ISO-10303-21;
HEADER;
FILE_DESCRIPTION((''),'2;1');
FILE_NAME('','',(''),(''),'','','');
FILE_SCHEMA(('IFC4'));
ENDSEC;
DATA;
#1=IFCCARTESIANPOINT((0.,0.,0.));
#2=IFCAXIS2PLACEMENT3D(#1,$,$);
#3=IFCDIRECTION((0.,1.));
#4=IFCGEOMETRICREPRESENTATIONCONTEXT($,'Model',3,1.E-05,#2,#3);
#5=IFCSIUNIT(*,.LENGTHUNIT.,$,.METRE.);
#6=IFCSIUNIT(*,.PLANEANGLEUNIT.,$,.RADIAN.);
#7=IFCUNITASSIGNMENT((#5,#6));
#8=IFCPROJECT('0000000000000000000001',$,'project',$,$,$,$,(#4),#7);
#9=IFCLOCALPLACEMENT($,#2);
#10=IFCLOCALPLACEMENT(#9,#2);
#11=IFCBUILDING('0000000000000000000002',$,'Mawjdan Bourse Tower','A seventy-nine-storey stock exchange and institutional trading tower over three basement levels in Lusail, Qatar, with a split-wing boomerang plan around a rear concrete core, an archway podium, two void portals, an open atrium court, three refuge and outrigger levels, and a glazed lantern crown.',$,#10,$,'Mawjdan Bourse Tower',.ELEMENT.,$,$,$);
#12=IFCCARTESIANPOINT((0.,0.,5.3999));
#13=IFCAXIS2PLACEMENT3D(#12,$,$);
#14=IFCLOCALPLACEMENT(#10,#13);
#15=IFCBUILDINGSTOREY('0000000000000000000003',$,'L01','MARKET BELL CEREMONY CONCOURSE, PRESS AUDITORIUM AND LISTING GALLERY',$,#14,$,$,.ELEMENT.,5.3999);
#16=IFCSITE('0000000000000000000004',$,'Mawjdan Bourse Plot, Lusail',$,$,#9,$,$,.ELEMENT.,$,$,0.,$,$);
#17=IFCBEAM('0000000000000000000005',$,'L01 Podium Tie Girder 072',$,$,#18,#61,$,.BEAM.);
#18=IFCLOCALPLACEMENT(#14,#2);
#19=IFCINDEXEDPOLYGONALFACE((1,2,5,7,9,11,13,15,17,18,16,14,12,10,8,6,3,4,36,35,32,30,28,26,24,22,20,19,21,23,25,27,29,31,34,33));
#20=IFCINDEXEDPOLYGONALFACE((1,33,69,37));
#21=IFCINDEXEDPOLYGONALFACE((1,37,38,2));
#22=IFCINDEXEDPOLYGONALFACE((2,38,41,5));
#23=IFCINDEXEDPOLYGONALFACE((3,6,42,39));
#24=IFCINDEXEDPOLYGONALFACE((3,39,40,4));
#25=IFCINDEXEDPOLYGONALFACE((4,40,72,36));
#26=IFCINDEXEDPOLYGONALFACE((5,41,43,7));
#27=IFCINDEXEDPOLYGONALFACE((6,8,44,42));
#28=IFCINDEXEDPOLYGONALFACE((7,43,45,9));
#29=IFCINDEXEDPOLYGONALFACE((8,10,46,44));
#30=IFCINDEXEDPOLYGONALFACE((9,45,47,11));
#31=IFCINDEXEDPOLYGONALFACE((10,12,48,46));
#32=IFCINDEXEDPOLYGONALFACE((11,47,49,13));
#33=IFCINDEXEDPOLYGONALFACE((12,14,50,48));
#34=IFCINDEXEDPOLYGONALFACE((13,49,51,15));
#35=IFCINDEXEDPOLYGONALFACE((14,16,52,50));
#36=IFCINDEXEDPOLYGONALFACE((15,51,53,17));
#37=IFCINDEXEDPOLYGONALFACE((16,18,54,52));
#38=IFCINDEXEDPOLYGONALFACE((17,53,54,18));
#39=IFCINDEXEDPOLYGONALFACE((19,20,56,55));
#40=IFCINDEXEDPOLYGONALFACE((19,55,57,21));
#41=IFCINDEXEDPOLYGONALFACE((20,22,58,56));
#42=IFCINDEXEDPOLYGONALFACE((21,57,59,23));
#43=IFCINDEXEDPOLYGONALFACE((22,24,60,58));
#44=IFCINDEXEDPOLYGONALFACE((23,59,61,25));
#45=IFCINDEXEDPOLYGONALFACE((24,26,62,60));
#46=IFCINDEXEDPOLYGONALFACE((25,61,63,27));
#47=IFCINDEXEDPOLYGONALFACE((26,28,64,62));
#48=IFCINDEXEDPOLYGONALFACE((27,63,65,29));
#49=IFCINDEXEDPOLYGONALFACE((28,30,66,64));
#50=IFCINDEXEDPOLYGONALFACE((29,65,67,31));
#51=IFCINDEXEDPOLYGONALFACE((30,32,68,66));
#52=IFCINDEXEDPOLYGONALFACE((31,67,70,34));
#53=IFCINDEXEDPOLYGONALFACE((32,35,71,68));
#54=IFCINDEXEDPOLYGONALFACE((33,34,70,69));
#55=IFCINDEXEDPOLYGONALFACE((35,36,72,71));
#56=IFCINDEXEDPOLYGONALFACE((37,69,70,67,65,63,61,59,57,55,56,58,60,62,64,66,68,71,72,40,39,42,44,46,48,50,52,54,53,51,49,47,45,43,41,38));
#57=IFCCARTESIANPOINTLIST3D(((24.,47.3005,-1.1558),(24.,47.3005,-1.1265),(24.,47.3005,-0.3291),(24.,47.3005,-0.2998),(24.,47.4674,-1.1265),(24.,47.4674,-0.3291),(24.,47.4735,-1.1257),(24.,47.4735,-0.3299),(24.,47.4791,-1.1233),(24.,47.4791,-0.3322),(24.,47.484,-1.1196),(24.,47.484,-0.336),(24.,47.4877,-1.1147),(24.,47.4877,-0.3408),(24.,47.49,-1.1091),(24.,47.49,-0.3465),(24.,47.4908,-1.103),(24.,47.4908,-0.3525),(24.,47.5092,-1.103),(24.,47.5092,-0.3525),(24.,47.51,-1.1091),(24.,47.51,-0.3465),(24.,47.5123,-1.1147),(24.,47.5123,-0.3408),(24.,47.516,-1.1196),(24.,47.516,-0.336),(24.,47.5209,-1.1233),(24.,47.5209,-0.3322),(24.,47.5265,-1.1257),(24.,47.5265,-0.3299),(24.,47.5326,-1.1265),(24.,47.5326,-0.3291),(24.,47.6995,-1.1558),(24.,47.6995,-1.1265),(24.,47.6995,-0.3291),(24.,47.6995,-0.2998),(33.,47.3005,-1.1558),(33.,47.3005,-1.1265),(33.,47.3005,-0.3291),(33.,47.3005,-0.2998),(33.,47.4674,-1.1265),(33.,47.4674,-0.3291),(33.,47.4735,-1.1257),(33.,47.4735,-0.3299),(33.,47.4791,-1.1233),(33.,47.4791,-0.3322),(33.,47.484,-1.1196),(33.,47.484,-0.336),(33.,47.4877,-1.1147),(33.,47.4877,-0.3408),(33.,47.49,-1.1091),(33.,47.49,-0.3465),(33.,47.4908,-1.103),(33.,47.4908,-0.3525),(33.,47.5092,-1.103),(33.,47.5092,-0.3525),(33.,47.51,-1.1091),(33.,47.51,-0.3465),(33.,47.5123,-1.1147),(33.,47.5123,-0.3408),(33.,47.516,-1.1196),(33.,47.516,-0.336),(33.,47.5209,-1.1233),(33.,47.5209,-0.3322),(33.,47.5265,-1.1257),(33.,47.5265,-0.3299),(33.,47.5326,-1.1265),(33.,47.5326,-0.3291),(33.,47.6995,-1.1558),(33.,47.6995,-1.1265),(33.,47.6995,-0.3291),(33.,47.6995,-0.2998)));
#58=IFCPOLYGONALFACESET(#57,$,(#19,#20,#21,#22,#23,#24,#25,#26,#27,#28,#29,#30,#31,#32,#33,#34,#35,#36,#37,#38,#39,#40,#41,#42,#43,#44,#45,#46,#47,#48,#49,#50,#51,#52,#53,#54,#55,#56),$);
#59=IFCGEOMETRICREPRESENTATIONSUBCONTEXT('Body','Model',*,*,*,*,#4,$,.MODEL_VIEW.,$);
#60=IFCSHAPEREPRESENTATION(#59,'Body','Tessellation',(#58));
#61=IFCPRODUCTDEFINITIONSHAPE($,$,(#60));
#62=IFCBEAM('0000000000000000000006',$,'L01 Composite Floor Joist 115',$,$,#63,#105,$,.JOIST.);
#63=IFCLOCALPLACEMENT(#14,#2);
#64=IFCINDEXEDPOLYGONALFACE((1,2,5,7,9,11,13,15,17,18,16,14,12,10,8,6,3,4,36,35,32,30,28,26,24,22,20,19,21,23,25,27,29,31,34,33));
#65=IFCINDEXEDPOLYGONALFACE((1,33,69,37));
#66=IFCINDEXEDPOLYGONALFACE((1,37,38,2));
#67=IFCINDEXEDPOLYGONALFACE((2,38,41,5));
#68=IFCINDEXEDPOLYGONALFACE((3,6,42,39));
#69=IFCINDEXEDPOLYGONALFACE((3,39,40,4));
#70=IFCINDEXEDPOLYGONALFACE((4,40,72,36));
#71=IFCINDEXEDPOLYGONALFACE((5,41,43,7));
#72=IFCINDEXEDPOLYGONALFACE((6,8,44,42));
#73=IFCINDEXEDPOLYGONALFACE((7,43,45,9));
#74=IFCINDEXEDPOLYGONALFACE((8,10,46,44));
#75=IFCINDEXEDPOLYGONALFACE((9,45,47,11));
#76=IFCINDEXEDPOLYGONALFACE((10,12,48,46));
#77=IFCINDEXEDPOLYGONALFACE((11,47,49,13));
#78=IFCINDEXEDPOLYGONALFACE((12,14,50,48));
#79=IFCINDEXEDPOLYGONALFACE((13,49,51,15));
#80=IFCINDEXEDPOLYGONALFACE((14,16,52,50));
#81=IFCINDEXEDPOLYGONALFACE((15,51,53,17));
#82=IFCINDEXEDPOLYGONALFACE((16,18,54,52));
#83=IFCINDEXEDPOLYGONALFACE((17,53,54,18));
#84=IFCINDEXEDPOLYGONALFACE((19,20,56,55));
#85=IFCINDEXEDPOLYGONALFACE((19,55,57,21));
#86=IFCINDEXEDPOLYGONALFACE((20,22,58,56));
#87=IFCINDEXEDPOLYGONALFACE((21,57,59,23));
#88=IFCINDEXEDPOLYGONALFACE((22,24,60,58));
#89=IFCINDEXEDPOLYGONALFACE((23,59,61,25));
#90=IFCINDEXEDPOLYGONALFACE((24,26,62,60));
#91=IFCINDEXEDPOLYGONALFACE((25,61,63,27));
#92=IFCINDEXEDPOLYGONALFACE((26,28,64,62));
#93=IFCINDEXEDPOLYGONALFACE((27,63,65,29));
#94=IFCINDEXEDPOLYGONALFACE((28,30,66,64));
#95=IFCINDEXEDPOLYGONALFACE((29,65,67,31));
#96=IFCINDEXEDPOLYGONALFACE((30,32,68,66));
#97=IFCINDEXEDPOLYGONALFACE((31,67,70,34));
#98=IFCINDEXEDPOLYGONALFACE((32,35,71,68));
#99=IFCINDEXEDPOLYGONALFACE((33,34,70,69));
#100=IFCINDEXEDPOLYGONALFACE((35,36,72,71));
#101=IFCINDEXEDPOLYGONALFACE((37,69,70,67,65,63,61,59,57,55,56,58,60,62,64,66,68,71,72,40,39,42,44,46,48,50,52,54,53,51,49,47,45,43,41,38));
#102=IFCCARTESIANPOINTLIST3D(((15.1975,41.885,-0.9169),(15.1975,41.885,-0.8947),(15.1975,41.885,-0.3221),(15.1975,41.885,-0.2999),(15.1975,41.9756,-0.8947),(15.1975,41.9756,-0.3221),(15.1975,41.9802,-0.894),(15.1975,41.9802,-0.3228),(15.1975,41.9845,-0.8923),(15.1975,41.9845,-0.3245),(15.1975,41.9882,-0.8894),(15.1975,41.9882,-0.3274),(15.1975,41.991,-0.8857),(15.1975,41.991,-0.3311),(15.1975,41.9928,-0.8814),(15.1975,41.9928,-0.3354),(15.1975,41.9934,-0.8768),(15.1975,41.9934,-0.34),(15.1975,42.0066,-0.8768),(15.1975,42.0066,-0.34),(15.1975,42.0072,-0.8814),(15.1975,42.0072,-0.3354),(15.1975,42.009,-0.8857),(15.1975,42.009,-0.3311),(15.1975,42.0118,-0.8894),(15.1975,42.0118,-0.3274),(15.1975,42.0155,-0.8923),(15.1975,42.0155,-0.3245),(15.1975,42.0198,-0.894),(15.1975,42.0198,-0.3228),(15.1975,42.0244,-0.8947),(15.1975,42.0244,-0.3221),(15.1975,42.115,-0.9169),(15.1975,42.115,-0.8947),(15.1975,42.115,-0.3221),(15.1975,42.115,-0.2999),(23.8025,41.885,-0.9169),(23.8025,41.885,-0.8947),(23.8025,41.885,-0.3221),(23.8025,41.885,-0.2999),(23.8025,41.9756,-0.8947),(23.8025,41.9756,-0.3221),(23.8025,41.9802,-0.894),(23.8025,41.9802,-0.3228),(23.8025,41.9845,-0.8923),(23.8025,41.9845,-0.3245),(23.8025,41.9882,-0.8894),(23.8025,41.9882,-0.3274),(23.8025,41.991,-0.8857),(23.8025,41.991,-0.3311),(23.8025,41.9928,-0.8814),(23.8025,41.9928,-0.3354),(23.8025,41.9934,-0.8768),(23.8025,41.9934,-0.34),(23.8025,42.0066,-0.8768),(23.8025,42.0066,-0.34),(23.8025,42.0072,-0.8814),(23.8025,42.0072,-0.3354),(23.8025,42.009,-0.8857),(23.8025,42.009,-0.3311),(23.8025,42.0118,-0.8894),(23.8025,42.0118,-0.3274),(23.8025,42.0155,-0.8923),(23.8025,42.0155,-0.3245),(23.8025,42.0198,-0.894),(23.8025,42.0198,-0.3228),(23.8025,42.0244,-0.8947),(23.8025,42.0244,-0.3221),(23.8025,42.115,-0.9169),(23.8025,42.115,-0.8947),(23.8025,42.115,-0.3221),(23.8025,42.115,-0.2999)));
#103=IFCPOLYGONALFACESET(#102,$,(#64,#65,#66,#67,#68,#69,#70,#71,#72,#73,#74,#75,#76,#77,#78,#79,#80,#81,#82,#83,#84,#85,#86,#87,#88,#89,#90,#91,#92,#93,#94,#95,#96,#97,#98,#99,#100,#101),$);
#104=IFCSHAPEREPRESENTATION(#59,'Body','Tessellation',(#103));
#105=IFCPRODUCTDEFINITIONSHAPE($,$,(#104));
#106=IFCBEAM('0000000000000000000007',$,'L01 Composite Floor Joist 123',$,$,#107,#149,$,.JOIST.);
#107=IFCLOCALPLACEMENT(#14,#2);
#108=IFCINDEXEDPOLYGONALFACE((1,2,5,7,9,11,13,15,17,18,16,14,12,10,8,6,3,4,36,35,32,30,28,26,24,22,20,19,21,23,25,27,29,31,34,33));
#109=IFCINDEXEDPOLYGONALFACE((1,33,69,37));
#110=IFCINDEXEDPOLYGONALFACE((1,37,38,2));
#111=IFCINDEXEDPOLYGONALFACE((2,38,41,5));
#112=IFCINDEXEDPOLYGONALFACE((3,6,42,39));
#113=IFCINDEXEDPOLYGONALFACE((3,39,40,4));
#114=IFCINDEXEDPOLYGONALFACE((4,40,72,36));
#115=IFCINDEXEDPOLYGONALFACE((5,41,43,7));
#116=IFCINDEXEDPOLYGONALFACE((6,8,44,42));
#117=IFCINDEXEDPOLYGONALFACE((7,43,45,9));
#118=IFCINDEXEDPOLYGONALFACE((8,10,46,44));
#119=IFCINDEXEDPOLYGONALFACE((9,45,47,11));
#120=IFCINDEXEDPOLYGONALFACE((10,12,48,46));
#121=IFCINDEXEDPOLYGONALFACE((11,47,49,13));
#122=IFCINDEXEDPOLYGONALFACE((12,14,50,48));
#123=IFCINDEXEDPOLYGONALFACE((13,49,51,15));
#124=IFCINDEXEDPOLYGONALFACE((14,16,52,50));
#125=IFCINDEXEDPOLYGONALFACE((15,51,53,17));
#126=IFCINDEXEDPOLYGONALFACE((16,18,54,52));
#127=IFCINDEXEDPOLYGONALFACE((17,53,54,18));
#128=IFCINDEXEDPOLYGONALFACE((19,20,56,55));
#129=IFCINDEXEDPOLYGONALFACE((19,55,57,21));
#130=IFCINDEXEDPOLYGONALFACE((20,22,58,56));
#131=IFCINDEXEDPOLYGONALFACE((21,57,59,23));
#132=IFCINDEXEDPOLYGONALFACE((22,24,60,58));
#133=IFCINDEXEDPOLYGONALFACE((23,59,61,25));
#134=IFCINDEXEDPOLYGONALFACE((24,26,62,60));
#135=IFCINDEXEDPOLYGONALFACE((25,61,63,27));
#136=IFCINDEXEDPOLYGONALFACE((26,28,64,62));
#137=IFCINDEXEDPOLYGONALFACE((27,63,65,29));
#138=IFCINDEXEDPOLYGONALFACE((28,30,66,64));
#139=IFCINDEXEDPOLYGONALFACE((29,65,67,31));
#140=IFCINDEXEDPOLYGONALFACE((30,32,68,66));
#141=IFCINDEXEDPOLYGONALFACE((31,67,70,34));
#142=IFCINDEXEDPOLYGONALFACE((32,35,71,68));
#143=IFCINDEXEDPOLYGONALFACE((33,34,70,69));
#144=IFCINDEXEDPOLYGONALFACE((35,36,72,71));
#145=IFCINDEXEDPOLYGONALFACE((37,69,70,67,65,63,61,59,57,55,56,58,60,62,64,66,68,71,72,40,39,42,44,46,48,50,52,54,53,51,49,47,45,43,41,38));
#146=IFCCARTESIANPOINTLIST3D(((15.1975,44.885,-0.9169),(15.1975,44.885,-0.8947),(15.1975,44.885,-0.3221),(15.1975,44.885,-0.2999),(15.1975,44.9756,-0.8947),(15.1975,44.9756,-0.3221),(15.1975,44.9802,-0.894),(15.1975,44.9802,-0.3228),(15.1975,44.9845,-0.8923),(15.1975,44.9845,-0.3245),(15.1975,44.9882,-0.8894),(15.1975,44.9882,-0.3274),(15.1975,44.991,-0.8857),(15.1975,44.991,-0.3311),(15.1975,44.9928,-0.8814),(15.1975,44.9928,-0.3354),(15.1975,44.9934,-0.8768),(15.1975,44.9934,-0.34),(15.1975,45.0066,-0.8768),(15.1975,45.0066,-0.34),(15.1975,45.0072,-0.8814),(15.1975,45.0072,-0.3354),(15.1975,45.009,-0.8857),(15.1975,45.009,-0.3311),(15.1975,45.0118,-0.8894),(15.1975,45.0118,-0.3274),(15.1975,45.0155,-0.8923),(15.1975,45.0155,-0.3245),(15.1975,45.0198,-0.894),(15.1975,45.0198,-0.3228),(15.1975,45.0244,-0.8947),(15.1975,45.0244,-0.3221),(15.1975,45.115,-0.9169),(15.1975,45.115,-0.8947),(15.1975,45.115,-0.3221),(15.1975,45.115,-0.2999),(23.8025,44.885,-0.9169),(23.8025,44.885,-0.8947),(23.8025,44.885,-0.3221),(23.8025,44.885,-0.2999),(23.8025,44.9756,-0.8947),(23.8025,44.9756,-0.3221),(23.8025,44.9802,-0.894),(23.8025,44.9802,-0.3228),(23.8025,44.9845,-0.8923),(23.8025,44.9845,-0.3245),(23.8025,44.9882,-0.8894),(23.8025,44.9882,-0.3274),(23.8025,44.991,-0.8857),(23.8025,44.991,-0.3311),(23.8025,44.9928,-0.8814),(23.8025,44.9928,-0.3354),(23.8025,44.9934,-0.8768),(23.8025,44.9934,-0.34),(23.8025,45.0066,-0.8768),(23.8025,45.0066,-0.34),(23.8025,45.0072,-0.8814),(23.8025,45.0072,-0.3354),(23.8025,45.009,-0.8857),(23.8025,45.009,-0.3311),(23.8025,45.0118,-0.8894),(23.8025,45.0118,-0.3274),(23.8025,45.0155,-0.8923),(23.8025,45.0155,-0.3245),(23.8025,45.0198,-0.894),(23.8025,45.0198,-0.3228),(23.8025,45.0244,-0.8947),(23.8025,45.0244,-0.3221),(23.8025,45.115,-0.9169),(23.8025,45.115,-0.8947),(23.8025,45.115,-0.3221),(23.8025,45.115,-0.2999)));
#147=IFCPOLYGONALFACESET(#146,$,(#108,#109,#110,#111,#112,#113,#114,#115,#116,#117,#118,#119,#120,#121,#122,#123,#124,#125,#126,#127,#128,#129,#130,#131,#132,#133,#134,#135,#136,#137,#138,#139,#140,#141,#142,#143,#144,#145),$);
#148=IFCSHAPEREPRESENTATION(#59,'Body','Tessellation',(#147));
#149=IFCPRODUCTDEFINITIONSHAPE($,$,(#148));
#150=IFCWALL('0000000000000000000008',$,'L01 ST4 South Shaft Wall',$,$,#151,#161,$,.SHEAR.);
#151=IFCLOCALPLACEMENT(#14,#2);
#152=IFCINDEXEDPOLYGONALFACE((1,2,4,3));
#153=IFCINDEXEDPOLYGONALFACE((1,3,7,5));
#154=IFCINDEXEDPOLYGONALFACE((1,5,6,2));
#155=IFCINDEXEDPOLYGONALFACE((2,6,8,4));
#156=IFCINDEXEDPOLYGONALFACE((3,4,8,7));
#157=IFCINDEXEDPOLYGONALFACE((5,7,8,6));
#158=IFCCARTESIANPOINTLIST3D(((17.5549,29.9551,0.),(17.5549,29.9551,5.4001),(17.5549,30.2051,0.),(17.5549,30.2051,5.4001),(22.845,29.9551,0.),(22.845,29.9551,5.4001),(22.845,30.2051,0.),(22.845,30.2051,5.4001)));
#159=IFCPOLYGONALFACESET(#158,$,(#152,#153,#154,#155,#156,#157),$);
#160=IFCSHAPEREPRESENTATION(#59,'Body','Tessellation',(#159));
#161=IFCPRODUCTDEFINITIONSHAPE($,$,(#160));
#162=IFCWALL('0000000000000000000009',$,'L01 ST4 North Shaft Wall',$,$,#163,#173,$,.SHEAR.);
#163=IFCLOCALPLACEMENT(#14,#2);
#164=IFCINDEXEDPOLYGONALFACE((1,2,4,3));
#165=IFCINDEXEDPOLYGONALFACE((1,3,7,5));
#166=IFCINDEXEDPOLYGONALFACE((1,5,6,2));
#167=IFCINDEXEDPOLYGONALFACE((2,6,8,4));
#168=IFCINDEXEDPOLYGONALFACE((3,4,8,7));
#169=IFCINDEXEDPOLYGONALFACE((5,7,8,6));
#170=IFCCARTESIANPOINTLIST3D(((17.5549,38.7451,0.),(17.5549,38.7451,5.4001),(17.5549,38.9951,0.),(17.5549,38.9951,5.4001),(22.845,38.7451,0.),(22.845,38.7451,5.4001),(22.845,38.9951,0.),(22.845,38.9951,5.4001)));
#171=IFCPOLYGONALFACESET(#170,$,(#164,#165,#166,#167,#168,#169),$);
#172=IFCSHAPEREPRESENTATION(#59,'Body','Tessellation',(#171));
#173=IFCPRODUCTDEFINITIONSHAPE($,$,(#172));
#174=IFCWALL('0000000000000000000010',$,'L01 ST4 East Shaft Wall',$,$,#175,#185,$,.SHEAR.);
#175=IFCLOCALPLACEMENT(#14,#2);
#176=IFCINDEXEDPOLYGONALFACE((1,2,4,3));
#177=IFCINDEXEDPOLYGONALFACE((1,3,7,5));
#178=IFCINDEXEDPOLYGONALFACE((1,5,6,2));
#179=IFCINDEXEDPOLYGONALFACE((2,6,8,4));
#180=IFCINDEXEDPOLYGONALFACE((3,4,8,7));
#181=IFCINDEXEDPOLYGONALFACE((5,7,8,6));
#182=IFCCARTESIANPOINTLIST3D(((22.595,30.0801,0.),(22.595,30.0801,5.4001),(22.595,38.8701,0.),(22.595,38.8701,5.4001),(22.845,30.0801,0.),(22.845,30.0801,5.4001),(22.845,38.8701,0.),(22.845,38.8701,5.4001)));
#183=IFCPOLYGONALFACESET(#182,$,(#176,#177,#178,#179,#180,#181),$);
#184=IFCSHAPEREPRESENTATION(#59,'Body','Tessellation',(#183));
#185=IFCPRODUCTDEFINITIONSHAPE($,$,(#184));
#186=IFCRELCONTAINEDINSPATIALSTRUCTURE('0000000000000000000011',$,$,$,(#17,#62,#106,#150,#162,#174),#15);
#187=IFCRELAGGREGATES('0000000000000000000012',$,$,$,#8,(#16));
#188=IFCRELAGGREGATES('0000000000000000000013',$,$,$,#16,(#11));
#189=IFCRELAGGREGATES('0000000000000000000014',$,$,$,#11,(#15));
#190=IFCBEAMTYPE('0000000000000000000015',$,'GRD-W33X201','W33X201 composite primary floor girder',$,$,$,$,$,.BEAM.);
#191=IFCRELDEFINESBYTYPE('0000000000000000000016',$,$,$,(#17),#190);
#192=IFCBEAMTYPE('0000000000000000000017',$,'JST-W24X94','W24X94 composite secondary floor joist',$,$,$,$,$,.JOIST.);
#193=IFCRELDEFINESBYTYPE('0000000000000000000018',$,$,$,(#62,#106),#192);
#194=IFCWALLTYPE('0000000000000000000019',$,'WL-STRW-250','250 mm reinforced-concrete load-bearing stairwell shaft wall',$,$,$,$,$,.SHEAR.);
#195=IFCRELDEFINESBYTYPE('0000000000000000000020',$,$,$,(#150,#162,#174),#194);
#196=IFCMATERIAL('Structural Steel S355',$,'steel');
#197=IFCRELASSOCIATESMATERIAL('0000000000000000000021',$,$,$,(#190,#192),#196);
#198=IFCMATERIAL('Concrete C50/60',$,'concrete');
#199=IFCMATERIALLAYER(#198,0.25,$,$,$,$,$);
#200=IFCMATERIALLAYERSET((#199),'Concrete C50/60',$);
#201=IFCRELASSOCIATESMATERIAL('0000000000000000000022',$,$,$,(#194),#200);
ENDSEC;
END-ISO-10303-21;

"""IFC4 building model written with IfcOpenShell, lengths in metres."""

from ifc_helpers import new_model, si_unit, direction, frame, frame_2d, origin, origin_2d, place, context, subcontext, project, spatial, rectangle, i_section, extrude, material, layer, layer_set, material_profile, profile_set, type_object, element, save


model = new_model("IFC4")

# Units and contexts
model_context = context("Model", 3, precision=1e-05, world=origin(), true_north=direction((0.0, 1.0)))
body_context = subcontext(model_context, "Body", "Model", "MODEL_VIEW")
ifc_project = project(units=[si_unit("LENGTHUNIT", "METRE"), si_unit("PLANEANGLEUNIT", "RADIAN")], contexts=[model_context])

# Site, building, storey
site_placement = place(None, origin())
site = spatial("IfcSite", under=ifc_project, at=site_placement, Name="Mawjdan Bourse Plot, Lusail", CompositionType="ELEMENT", RefElevation=0.0)
building_placement = place(site_placement, origin())
building = spatial("IfcBuilding", under=site, at=building_placement, Name="Mawjdan Bourse Tower", Description="A seventy-nine-storey stock exchange and institutional trading tower over three basement levels in Lusail, Qatar, with a split-wing boomerang plan around a rear concrete core, an archway podium, two void portals, an open atrium court, three refuge and outrigger levels, and a glazed lantern crown.", LongName="Mawjdan Bourse Tower", CompositionType="ELEMENT")
storey_placement = place(building_placement, frame((0.0, 0.0, 5.3999)))
storey = spatial("IfcBuildingStorey", under=building, at=storey_placement, Name="L01", Description="MARKET BELL CEREMONY CONCOURSE, PRESS AUDITORIUM AND LISTING GALLERY", CompositionType="ELEMENT", Elevation=5.3999)

# Beams
ifc_material_1 = material(Name="Structural Steel S355", Category="steel")
ifc_material_profile_1 = material_profile(ifc_material_1, i_section(OverallWidth=0.3989, OverallDepth=0.856, WebThickness=0.0183, FlangeThickness=0.0293, FilletRadius=0.0234, at=origin_2d()), Name="W33X201")
ifc_profile_set_1 = profile_set([ifc_material_profile_1], Name="Structural Steel S355")
beam_type_1 = type_object("IfcBeamType", Name="GRD-W33X201", Description="W33X201 composite primary floor girder", PredefinedType="BEAM", material=ifc_profile_set_1)
beam_1_placement = place(storey_placement, frame((24.0, 47.5, -0.7278), z_axis=(1.0, 0.0, 0.0), x_axis=(0.0, 1.0, 0.0)))
element("IfcBeam", 1, at=beam_1_placement, inside=storey, type_object=beam_type_1, Name="L01 Podium Tie Girder 072", PredefinedType="BEAM", context=body_context, shape_type="SweptSolid", body=[
    extrude(i_section(OverallWidth=0.3989, OverallDepth=0.856, WebThickness=0.0183, FlangeThickness=0.0293, FilletRadius=0.0234, at=origin_2d()), origin(), (0.0, 0.0, 1.0), 9.0),
])
ifc_material_profile_2 = material_profile(ifc_material_1, i_section(OverallWidth=0.23, OverallDepth=0.6169, WebThickness=0.0132, FlangeThickness=0.0222, FilletRadius=0.0178, at=origin_2d()), Name="W24X94")
ifc_profile_set_2 = profile_set([ifc_material_profile_2], Name="Structural Steel S355")
beam_type_2 = type_object("IfcBeamType", Name="JST-W24X94", Description="W24X94 composite secondary floor joist", PredefinedType="JOIST", material=ifc_profile_set_2)
for number, where, z_axis, x_axis, name in (
    (2, (15.1975, 42.0, -0.6084), (1.0, 0.0, 0.0), (0.0, 1.0, 0.0), "L01 Composite Floor Joist 115"),
    (3, (15.1975, 45.0, -0.6084), (1.0, 0.0, 0.0), (0.0, 1.0, 0.0), "L01 Composite Floor Joist 123"),
):
    element("IfcBeam", number, at=place(storey_placement, frame(where, z_axis=z_axis, x_axis=x_axis)), inside=storey, type_object=beam_type_2, Name=name, PredefinedType="JOIST", context=body_context, shape_type="SweptSolid", body=[
        extrude(i_section(OverallWidth=0.23, OverallDepth=0.6169, WebThickness=0.0132, FlangeThickness=0.0222, FilletRadius=0.0178, at=origin_2d()), origin(), (0.0, 0.0, 1.0), 8.605),
    ])

# Walls
ifc_material_2 = material(Name="Concrete C50/60", Category="concrete")
ifc_layer = layer(ifc_material_2, 0.25)
ifc_layer_set = layer_set([ifc_layer], Name="Concrete C50/60")
wall_type = type_object("IfcWallType", Name="WL-STRW-250", Description="250 mm reinforced-concrete load-bearing stairwell shaft wall", PredefinedType="SHEAR", material=ifc_layer_set)
for number, where, z_axis, x_axis, name in (
    (4, (17.5549, 30.0801, 0.0), (0.0, 0.0, 1.0), (1.0, 0.0, 0.0), "L01 ST4 South Shaft Wall"),
    (5, (17.5549, 38.8701, 0.0), (0.0, 0.0, 1.0), (1.0, 0.0, 0.0), "L01 ST4 North Shaft Wall"),
):
    element("IfcWall", number, at=place(storey_placement, frame(where, z_axis=z_axis, x_axis=x_axis)), inside=storey, type_object=wall_type, Name=name, PredefinedType="SHEAR", context=body_context, shape_type="SweptSolid", body=[
        extrude(rectangle(XDim=5.29, YDim=0.25, at=frame_2d((2.645, 0.0))), origin(), (0.0, 0.0, 1.0), 5.4001),
    ])
wall_1_placement = place(storey_placement, frame((22.72, 30.0801, 0.0), z_axis=(0.0, 0.0, 1.0), x_axis=(0.0, 1.0, 0.0)))
element("IfcWall", 6, at=wall_1_placement, inside=storey, type_object=wall_type, Name="L01 ST4 East Shaft Wall", PredefinedType="SHEAR", context=body_context, shape_type="SweptSolid", body=[
    extrude(rectangle(XDim=8.79, YDim=0.25, at=frame_2d((4.395, 0.0))), origin(), (0.0, 0.0, 1.0), 5.4001),
])

save(model, "model.ifc")
